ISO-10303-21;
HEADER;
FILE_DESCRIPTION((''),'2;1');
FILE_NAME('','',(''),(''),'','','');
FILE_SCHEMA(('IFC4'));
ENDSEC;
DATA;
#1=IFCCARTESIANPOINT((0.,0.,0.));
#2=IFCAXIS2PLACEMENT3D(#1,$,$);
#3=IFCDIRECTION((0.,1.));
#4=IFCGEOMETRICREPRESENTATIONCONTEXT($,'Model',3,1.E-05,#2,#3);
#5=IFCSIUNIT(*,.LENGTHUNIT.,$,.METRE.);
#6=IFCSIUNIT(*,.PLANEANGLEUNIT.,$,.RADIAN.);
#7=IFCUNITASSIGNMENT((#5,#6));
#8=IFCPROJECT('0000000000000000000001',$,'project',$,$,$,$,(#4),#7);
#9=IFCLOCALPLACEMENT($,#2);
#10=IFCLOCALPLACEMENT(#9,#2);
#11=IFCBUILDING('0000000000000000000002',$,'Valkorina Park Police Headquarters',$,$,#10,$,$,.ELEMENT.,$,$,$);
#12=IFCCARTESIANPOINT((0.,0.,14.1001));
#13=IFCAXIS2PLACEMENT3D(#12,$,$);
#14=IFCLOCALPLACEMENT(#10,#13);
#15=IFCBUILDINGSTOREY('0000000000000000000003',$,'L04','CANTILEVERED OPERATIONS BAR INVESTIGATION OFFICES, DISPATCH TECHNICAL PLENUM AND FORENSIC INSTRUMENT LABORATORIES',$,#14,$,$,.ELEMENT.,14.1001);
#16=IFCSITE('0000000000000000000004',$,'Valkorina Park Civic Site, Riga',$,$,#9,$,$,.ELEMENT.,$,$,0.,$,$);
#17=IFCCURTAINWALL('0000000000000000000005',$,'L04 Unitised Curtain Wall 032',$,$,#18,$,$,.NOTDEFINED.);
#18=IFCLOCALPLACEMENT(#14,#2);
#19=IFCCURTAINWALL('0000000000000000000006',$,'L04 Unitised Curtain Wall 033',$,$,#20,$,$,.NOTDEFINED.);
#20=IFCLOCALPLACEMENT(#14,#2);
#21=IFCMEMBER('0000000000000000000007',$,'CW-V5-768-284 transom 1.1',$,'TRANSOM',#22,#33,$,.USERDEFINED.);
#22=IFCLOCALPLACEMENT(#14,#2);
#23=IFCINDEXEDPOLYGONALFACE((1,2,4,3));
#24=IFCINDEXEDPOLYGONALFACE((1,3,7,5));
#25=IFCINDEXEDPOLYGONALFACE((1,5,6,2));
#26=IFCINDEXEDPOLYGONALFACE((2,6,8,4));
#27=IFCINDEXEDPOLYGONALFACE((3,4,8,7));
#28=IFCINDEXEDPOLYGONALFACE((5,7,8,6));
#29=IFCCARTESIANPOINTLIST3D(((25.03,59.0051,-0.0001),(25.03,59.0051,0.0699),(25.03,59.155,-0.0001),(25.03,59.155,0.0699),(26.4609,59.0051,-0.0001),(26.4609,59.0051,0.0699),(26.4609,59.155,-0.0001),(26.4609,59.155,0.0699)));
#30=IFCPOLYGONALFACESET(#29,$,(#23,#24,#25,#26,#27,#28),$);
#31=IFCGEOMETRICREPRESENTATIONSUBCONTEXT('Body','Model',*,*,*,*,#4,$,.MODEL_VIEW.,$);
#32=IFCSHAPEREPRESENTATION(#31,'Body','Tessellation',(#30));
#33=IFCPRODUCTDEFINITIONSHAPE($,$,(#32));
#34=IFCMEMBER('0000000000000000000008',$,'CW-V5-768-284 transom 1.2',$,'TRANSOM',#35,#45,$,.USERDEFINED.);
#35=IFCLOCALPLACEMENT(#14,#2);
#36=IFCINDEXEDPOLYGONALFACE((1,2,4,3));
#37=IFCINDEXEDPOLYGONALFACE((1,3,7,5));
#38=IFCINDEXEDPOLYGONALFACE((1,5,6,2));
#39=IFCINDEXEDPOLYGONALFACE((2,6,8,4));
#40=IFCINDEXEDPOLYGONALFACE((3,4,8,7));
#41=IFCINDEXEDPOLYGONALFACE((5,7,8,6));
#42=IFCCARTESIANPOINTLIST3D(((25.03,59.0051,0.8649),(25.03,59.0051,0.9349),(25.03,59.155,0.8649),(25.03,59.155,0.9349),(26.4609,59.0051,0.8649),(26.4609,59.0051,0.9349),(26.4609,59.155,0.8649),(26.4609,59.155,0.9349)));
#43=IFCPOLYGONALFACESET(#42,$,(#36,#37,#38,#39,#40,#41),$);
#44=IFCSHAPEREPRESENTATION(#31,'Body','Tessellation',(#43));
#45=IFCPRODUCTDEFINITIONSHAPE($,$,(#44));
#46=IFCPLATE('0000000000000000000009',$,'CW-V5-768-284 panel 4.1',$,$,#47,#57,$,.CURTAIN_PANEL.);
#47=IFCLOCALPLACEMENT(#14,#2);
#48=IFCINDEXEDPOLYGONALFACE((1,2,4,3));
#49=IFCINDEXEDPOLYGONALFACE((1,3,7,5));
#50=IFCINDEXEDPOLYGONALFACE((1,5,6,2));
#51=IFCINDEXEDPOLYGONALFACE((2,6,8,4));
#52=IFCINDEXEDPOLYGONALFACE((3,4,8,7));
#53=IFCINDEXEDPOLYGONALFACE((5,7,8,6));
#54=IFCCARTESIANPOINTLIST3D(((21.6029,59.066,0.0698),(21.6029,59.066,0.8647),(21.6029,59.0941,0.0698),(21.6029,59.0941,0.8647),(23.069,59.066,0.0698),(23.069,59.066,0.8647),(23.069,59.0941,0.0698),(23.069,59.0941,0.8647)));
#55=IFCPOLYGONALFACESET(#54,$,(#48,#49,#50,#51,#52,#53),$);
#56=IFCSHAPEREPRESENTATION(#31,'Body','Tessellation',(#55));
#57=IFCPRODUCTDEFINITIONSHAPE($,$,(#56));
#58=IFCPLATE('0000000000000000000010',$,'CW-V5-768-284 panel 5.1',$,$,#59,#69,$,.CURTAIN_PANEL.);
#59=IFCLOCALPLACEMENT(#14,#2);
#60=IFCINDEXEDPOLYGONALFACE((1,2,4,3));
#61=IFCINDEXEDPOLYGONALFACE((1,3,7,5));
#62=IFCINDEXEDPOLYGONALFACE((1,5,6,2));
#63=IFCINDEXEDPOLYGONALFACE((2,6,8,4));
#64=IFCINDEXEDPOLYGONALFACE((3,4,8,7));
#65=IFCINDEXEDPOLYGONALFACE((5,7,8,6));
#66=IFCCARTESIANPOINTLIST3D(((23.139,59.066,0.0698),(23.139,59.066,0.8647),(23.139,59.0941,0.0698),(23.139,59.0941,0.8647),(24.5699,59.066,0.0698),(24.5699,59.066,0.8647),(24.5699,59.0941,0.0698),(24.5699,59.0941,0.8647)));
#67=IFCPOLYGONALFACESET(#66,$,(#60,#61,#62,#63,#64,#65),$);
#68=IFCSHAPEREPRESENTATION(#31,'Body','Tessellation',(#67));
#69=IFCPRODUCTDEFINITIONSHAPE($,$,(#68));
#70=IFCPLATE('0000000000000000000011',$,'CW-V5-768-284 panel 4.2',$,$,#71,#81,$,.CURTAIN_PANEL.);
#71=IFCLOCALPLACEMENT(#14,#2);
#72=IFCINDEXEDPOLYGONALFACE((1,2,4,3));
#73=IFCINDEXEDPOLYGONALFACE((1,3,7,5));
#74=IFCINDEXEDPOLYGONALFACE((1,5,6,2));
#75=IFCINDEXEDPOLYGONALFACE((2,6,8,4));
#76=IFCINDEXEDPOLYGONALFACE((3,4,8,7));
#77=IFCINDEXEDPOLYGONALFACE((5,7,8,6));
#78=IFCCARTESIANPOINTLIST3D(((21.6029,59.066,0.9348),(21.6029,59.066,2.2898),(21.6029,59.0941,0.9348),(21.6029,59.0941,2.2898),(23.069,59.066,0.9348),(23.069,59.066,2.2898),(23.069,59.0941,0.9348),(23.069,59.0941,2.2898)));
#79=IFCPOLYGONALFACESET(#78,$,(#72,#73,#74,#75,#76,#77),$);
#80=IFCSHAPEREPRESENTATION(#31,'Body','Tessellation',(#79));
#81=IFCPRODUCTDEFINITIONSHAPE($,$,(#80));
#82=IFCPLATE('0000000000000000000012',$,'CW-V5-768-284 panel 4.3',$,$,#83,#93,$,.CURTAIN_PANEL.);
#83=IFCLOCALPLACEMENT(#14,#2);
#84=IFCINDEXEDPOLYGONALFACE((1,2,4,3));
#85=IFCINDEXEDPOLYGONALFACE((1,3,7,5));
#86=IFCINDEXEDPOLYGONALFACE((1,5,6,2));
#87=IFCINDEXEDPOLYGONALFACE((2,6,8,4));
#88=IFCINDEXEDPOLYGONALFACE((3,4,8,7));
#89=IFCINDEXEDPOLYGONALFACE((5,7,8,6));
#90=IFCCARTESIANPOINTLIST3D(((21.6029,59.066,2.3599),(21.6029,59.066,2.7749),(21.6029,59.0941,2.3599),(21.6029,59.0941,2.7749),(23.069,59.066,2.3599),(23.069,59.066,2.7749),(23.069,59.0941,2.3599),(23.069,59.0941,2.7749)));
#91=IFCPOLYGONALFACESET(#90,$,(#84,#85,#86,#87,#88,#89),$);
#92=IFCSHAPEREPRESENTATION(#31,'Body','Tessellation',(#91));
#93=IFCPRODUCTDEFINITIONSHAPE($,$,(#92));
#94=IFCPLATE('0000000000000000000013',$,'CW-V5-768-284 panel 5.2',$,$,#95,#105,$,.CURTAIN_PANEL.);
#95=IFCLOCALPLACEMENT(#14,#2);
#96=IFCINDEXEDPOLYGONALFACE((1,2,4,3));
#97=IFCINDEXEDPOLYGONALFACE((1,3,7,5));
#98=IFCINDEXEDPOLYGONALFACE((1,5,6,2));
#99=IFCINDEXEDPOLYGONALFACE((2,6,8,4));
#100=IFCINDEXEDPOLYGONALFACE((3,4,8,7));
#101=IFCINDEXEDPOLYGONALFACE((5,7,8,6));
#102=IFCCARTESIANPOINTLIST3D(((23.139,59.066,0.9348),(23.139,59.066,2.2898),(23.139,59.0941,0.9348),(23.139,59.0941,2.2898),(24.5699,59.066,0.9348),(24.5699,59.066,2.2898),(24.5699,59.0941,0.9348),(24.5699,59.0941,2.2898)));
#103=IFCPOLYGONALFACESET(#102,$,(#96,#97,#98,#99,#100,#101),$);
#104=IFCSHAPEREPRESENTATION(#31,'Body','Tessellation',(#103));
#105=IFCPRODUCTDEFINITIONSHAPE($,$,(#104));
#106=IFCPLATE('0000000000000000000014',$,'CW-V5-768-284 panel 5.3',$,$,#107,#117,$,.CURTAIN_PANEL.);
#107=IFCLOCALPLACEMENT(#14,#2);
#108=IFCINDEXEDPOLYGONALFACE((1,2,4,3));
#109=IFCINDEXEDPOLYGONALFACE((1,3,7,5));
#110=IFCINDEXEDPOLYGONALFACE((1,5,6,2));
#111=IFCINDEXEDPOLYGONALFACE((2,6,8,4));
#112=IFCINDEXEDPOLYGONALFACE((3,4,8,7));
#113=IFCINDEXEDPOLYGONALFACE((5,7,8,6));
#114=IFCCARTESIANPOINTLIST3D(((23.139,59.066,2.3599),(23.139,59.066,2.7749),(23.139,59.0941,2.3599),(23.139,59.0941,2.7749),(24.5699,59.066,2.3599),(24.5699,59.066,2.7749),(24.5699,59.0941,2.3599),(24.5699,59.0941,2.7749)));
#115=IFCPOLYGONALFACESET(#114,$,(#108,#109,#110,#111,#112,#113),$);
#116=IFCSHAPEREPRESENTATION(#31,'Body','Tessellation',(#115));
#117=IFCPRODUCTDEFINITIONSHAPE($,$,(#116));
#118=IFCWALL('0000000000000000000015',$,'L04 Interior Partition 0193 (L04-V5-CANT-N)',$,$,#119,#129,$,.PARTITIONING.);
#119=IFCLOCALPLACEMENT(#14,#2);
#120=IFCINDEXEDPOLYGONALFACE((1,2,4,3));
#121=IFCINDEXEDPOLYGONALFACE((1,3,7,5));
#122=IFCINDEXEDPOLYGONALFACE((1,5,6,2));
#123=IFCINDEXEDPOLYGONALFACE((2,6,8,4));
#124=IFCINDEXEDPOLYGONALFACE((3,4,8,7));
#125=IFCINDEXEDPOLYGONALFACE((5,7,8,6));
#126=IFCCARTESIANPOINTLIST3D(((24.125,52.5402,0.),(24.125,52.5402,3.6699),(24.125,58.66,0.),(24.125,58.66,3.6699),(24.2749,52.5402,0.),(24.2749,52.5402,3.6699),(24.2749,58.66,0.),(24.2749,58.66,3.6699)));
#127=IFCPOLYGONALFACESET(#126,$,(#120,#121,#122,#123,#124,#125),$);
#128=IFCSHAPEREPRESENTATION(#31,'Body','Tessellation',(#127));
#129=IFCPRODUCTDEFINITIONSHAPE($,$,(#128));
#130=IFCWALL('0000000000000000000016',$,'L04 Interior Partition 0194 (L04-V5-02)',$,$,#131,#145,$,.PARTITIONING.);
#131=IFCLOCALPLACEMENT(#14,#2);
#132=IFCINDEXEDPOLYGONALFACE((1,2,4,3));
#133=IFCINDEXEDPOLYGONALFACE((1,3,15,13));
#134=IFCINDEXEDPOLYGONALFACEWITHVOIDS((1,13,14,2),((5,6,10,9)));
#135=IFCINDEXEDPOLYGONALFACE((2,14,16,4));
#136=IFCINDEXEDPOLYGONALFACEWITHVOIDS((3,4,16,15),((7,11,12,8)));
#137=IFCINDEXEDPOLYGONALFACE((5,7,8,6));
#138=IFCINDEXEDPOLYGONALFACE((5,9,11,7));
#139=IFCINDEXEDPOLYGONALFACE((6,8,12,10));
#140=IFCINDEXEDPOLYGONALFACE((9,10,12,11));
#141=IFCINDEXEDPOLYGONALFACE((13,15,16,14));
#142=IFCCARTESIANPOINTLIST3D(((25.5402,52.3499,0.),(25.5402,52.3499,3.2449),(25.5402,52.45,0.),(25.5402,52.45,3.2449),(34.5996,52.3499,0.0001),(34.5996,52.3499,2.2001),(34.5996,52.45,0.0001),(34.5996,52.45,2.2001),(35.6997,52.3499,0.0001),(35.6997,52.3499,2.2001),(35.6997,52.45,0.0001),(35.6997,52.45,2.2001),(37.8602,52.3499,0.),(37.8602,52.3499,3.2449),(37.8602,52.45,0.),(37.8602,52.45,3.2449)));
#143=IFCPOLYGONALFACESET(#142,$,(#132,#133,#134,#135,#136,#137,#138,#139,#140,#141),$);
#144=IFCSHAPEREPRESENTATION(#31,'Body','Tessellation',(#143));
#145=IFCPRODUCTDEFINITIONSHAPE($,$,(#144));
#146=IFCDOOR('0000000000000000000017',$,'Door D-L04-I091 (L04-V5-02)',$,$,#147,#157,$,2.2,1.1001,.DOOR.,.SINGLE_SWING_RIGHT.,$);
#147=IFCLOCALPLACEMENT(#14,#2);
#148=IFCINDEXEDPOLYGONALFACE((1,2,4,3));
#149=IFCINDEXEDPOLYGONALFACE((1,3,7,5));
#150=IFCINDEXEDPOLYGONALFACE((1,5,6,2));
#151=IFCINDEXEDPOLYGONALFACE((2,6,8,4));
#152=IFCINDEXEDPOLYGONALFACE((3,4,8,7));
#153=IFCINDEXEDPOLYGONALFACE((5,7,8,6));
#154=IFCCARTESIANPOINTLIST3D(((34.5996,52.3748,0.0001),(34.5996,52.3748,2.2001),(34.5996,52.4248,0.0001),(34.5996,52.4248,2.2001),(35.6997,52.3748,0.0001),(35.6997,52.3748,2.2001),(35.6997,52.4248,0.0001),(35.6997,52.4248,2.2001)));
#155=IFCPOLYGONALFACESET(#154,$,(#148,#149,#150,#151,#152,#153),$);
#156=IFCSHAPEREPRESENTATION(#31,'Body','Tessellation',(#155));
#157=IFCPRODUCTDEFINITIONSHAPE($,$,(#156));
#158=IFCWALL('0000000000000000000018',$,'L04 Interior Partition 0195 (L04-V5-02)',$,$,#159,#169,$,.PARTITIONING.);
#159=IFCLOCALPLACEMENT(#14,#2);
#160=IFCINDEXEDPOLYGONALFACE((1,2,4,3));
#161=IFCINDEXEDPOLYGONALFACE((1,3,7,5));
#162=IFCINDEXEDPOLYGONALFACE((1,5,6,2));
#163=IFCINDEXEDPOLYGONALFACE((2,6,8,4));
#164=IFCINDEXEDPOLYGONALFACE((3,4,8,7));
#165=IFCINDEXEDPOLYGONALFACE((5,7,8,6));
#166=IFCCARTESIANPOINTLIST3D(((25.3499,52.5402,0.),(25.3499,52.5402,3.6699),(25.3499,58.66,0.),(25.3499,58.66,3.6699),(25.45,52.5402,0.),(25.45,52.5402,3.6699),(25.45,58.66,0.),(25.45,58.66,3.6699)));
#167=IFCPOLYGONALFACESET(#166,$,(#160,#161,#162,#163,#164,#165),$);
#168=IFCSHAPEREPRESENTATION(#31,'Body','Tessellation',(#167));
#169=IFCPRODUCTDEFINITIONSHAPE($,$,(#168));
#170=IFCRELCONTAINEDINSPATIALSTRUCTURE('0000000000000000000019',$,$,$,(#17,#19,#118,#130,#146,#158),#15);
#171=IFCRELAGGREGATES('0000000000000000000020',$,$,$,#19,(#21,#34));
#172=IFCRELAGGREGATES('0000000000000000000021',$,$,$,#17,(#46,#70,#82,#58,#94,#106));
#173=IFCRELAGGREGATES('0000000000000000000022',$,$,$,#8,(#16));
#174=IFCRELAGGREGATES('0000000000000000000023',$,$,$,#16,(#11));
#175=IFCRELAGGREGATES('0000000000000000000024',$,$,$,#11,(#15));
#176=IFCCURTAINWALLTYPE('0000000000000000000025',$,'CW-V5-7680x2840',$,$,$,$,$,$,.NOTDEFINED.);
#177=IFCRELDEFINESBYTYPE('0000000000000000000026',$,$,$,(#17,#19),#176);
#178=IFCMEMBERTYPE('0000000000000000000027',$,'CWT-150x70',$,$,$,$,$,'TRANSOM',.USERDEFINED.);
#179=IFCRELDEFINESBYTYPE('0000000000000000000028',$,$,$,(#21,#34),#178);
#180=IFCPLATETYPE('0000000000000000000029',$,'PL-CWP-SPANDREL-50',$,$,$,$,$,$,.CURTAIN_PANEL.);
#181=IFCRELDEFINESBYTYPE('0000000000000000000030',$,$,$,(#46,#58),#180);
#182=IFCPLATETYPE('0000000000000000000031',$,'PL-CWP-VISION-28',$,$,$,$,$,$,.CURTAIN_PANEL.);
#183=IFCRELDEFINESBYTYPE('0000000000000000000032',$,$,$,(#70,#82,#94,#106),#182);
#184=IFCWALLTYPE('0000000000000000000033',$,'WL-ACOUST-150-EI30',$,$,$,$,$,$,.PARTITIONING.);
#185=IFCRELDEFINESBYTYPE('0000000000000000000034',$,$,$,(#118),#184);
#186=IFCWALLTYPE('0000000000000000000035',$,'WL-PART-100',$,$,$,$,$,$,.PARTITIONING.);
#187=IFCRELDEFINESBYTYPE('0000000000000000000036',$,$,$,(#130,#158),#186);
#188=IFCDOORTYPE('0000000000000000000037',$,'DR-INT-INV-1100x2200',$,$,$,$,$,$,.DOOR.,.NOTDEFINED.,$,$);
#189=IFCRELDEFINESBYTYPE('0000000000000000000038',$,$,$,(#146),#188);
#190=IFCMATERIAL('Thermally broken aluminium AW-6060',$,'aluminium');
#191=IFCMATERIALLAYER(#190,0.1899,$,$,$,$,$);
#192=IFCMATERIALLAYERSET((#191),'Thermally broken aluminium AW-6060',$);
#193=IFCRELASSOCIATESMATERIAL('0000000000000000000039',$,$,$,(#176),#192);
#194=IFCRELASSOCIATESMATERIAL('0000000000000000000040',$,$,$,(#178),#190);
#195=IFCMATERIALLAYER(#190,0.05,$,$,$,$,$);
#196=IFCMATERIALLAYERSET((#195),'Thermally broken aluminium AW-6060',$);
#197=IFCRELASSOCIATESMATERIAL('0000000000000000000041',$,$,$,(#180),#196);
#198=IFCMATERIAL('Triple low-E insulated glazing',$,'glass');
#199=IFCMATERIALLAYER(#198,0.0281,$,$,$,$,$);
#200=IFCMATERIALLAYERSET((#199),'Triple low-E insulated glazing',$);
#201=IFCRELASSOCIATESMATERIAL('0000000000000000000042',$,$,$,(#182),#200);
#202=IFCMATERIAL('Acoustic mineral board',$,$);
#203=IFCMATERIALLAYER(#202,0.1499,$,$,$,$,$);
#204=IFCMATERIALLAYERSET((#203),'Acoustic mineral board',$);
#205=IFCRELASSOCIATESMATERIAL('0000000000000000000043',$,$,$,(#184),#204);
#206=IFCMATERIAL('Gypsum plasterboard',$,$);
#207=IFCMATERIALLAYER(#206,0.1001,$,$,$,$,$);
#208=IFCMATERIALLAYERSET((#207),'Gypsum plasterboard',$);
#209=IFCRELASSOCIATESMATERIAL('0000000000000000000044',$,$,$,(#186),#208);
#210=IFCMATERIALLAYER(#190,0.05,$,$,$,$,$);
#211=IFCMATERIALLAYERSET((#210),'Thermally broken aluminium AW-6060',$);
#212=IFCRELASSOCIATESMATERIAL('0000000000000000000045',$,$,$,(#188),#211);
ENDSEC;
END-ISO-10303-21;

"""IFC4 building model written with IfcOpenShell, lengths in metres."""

from ifc_helpers import new_model, si_unit, direction, frame, frame_2d, origin, origin_2d, place, context, subcontext, project, spatial, rectangle, extrude, material, layer, layer_set, material_profile, profile_set, type_object, element, fill, aggregate, save


model = new_model("IFC4")

# Units and contexts
model_context = context("Model", 3, precision=1e-05, world=origin(), true_north=direction((0.0, 1.0)))
body_context = subcontext(model_context, "Body", "Model", "MODEL_VIEW")
ifc_project = project(units=[si_unit("LENGTHUNIT", "METRE"), si_unit("PLANEANGLEUNIT", "RADIAN")], contexts=[model_context])

# Site, building, storey
site_placement = place(None, origin())
site = spatial("IfcSite", under=ifc_project, at=site_placement, Name="Valkorina Park Civic Site, Riga", CompositionType="ELEMENT", RefElevation=0.0)
building_placement = place(site_placement, origin())
building = spatial("IfcBuilding", under=site, at=building_placement, Name="Valkorina Park Police Headquarters", CompositionType="ELEMENT")
storey_placement = place(building_placement, frame((0.0, 0.0, 14.1001)))
storey = spatial("IfcBuildingStorey", under=building, at=storey_placement, Name="L04", Description="CANTILEVERED OPERATIONS BAR INVESTIGATION OFFICES, DISPATCH TECHNICAL PLENUM AND FORENSIC INSTRUMENT LABORATORIES", CompositionType="ELEMENT", Elevation=14.1001)

# Curtain wall
ifc_material_1 = material(Name="Thermally broken aluminium AW-6060", Category="aluminium")
ifc_layer_1 = layer(ifc_material_1, 0.1899)
ifc_layer_set_1 = layer_set([ifc_layer_1], Name="Thermally broken aluminium AW-6060")
curtain_wall_type = type_object("IfcCurtainWallType", Name="CW-V5-7680x2840", PredefinedType="NOTDEFINED", material=ifc_layer_set_1)
curtain_wall_1_placement = place(storey_placement, origin())
curtain_wall_1 = element("IfcCurtainWall", 1, at=curtain_wall_1_placement, inside=storey, type_object=curtain_wall_type, Name="L04 Unitised Curtain Wall 032", PredefinedType="NOTDEFINED")

# Curtain wall
curtain_wall_2_placement = place(storey_placement, origin())
curtain_wall_2 = element("IfcCurtainWall", 2, at=curtain_wall_2_placement, inside=storey, type_object=curtain_wall_type, Name="L04 Unitised Curtain Wall 033", PredefinedType="NOTDEFINED")

# Members
ifc_material_profile_1 = material_profile(ifc_material_1, rectangle(XDim=0.1499, YDim=0.0701, at=origin_2d()), Name="CWT-02 150x70")
ifc_profile_set_1 = profile_set([ifc_material_profile_1], Name="Thermally broken aluminium AW-6060")
member_type_1 = type_object("IfcMemberType", Name="CWT-150x70", ElementType="TRANSOM", PredefinedType="USERDEFINED", material=ifc_profile_set_1)
member_1_placement = place(storey_placement, frame((25.03, 59.0801, 0.0349), z_axis=(1.0, 0.0, 0.0), x_axis=(0.0, 1.0, 0.0)))
member_1 = element("IfcMember", 3, at=member_1_placement, type_object=member_type_1, Name="CW-V5-768-284 transom 1.1", ObjectType="TRANSOM", PredefinedType="USERDEFINED", context=body_context, shape_type="SweptSolid", body=[
    extrude(rectangle(XDim=0.1499, YDim=0.0701, at=origin_2d()), origin(), (0.0, 0.0, 1.0), 1.4309),
])
member_2_placement = place(storey_placement, frame((25.03, 59.0801, 0.8999), z_axis=(1.0, 0.0, 0.0), x_axis=(0.0, 1.0, 0.0)))
member_2 = element("IfcMember", 4, at=member_2_placement, type_object=member_type_1, Name="CW-V5-768-284 transom 1.2", ObjectType="TRANSOM", PredefinedType="USERDEFINED", context=body_context, shape_type="SweptSolid", body=[
    extrude(rectangle(XDim=0.1499, YDim=0.0701, at=origin_2d()), origin(), (0.0, 0.0, 1.0), 1.4309),
])
aggregate(curtain_wall_2, [member_1, member_2])

# Plates
ifc_layer_2 = layer(ifc_material_1, 0.05)
ifc_layer_set_2 = layer_set([ifc_layer_2], Name="Thermally broken aluminium AW-6060")
plate_type_1 = type_object("IfcPlateType", Name="PL-CWP-SPANDREL-50", PredefinedType="CURTAIN_PANEL", material=ifc_layer_set_2)
plate_1_placement = place(storey_placement, frame((22.3359, 59.0801, 0.0698), z_axis=(0.0, 0.0, 1.0), x_axis=(1.0, 0.0, 0.0)))
plate_1 = element("IfcPlate", 5, at=plate_1_placement, type_object=plate_type_1, Name="CW-V5-768-284 panel 4.1", PredefinedType="CURTAIN_PANEL", context=body_context, shape_type="SweptSolid", body=[
    extrude(rectangle(XDim=1.4661, YDim=0.0281, at=origin_2d()), origin(), (0.0, 0.0, 1.0), 0.7949),
])
plate_2_placement = place(storey_placement, frame((23.8545, 59.0801, 0.0698), z_axis=(0.0, 0.0, 1.0), x_axis=(1.0, 0.0, 0.0)))
plate_2 = element("IfcPlate", 6, at=plate_2_placement, type_object=plate_type_1, Name="CW-V5-768-284 panel 5.1", PredefinedType="CURTAIN_PANEL", context=body_context, shape_type="SweptSolid", body=[
    extrude(rectangle(XDim=1.4309, YDim=0.0281, at=origin_2d()), origin(), (0.0, 0.0, 1.0), 0.7949),
])
ifc_material_2 = material(Name="Triple low-E insulated glazing", Category="glass")
ifc_layer_3 = layer(ifc_material_2, 0.0281)
ifc_layer_set_3 = layer_set([ifc_layer_3], Name="Triple low-E insulated glazing")
plate_type_2 = type_object("IfcPlateType", Name="PL-CWP-VISION-28", PredefinedType="CURTAIN_PANEL", material=ifc_layer_set_3)
plate_3_placement = place(storey_placement, frame((22.3359, 59.0801, 0.9348), z_axis=(0.0, 0.0, 1.0), x_axis=(1.0, 0.0, 0.0)))
plate_3 = element("IfcPlate", 7, at=plate_3_placement, type_object=plate_type_2, Name="CW-V5-768-284 panel 4.2", PredefinedType="CURTAIN_PANEL", context=body_context, shape_type="SweptSolid", body=[
    extrude(rectangle(XDim=1.4661, YDim=0.0281, at=origin_2d()), origin(), (0.0, 0.0, 1.0), 1.355),
])
plate_4_placement = place(storey_placement, frame((22.3359, 59.0801, 2.3599), z_axis=(0.0, 0.0, 1.0), x_axis=(1.0, 0.0, 0.0)))
plate_4 = element("IfcPlate", 8, at=plate_4_placement, type_object=plate_type_2, Name="CW-V5-768-284 panel 4.3", PredefinedType="CURTAIN_PANEL", context=body_context, shape_type="SweptSolid", body=[
    extrude(rectangle(XDim=1.4661, YDim=0.0281, at=origin_2d()), origin(), (0.0, 0.0, 1.0), 0.415),
])
plate_5_placement = place(storey_placement, frame((23.8545, 59.0801, 0.9348), z_axis=(0.0, 0.0, 1.0), x_axis=(1.0, 0.0, 0.0)))
plate_5 = element("IfcPlate", 9, at=plate_5_placement, type_object=plate_type_2, Name="CW-V5-768-284 panel 5.2", PredefinedType="CURTAIN_PANEL", context=body_context, shape_type="SweptSolid", body=[
    extrude(rectangle(XDim=1.4309, YDim=0.0281, at=origin_2d()), origin(), (0.0, 0.0, 1.0), 1.355),
])
plate_6_placement = place(storey_placement, frame((23.8545, 59.0801, 2.3599), z_axis=(0.0, 0.0, 1.0), x_axis=(1.0, 0.0, 0.0)))
plate_6 = element("IfcPlate", 10, at=plate_6_placement, type_object=plate_type_2, Name="CW-V5-768-284 panel 5.3", PredefinedType="CURTAIN_PANEL", context=body_context, shape_type="SweptSolid", body=[
    extrude(rectangle(XDim=1.4309, YDim=0.0281, at=origin_2d()), origin(), (0.0, 0.0, 1.0), 0.415),
])
aggregate(curtain_wall_1, [plate_1, plate_3, plate_4, plate_2, plate_5, plate_6])

# Wall
ifc_material_3 = material(Name="Acoustic mineral board")
ifc_layer_4 = layer(ifc_material_3, 0.1499)
ifc_layer_set_4 = layer_set([ifc_layer_4], Name="Acoustic mineral board")
wall_type_1 = type_object("IfcWallType", Name="WL-ACOUST-150-EI30", PredefinedType="PARTITIONING", material=ifc_layer_set_4)
wall_1_placement = place(storey_placement, frame((24.2, 52.54, 0.0), z_axis=(0.0, 0.0, 1.0), x_axis=(0.0, 1.0, 0.0)))
element("IfcWall", 11, at=wall_1_placement, inside=storey, type_object=wall_type_1, Name="L04 Interior Partition 0193 (L04-V5-CANT-N)", PredefinedType="PARTITIONING", context=body_context, shape_type="SweptSolid", body=[
    extrude(rectangle(XDim=6.1199, YDim=0.1499, at=frame_2d((3.0601, 0.0))), origin(), (0.0, 0.0, 1.0), 3.6699),
])

# Wall, opening, door
ifc_material_4 = material(Name="Gypsum plasterboard")
ifc_layer_5 = layer(ifc_material_4, 0.1001)
ifc_layer_set_5 = layer_set([ifc_layer_5], Name="Gypsum plasterboard")
wall_type_2 = type_object("IfcWallType", Name="WL-PART-100", PredefinedType="PARTITIONING", material=ifc_layer_set_5)
wall_2_placement = place(storey_placement, frame((25.54, 52.3999, 0.0), z_axis=(0.0, 0.0, 1.0), x_axis=(1.0, 0.0, 0.0)))
wall_2 = element("IfcWall", 12, at=wall_2_placement, inside=storey, type_object=wall_type_2, Name="L04 Interior Partition 0194 (L04-V5-02)", PredefinedType="PARTITIONING", context=body_context, shape_type="SweptSolid", body=[
    extrude(rectangle(XDim=12.3201, YDim=0.1001, at=frame_2d((6.1602, 0.0))), origin(), (0.0, 0.0, 1.0), 3.2449),
])
opening_placement = place(wall_2_placement, frame((9.0596, 0.0, 0.0)))
opening = element("IfcOpeningElement", 13, at=opening_placement, cuts=wall_2, PredefinedType="OPENING", context=body_context, shape_type="SweptSolid", body=[
    extrude(rectangle(XDim=1.1001, YDim=2.2, at=frame_2d((0.55, 1.1001))), frame((0.0, 0.0601, 0.0), z_axis=(0.0, -1.0, 0.0), x_axis=(1.0, 0.0, 0.0)), (0.0, 0.0, 1.0), 0.1201),
])
ifc_layer_6 = layer(ifc_material_1, 0.05)
ifc_layer_set_6 = layer_set([ifc_layer_6], Name="Thermally broken aluminium AW-6060")
door_type = type_object("IfcDoorType", Name="DR-INT-INV-1100x2200", OperationType="NOTDEFINED", PredefinedType="DOOR", material=ifc_layer_set_6)
door_placement = place(opening_placement, origin())
door = element("IfcDoor", 14, at=door_placement, inside=storey, type_object=door_type, Name="Door D-L04-I091 (L04-V5-02)", OperationType="SINGLE_SWING_RIGHT", OverallHeight=2.2, OverallWidth=1.1001, PredefinedType="DOOR", context=body_context, shape_type="SweptSolid", body=[
    extrude(rectangle(XDim=1.1001, YDim=2.2, at=frame_2d((0.55, 1.1001))), frame((0.0, 0.0249, 0.0), z_axis=(0.0, -1.0, 0.0), x_axis=(1.0, 0.0, 0.0)), (0.0, 0.0, 1.0), 0.05),
])
fill(opening, door)

# Wall
wall_3_placement = place(storey_placement, frame((25.3999, 52.54, 0.0), z_axis=(0.0, 0.0, 1.0), x_axis=(0.0, 1.0, 0.0)))
element("IfcWall", 15, at=wall_3_placement, inside=storey, type_object=wall_type_2, Name="L04 Interior Partition 0195 (L04-V5-02)", PredefinedType="PARTITIONING", context=body_context, shape_type="SweptSolid", body=[
    extrude(rectangle(XDim=6.1199, YDim=0.1001, at=frame_2d((3.0601, 0.0))), origin(), (0.0, 0.0, 1.0), 3.6699),
])

save(model, "model.ifc")
